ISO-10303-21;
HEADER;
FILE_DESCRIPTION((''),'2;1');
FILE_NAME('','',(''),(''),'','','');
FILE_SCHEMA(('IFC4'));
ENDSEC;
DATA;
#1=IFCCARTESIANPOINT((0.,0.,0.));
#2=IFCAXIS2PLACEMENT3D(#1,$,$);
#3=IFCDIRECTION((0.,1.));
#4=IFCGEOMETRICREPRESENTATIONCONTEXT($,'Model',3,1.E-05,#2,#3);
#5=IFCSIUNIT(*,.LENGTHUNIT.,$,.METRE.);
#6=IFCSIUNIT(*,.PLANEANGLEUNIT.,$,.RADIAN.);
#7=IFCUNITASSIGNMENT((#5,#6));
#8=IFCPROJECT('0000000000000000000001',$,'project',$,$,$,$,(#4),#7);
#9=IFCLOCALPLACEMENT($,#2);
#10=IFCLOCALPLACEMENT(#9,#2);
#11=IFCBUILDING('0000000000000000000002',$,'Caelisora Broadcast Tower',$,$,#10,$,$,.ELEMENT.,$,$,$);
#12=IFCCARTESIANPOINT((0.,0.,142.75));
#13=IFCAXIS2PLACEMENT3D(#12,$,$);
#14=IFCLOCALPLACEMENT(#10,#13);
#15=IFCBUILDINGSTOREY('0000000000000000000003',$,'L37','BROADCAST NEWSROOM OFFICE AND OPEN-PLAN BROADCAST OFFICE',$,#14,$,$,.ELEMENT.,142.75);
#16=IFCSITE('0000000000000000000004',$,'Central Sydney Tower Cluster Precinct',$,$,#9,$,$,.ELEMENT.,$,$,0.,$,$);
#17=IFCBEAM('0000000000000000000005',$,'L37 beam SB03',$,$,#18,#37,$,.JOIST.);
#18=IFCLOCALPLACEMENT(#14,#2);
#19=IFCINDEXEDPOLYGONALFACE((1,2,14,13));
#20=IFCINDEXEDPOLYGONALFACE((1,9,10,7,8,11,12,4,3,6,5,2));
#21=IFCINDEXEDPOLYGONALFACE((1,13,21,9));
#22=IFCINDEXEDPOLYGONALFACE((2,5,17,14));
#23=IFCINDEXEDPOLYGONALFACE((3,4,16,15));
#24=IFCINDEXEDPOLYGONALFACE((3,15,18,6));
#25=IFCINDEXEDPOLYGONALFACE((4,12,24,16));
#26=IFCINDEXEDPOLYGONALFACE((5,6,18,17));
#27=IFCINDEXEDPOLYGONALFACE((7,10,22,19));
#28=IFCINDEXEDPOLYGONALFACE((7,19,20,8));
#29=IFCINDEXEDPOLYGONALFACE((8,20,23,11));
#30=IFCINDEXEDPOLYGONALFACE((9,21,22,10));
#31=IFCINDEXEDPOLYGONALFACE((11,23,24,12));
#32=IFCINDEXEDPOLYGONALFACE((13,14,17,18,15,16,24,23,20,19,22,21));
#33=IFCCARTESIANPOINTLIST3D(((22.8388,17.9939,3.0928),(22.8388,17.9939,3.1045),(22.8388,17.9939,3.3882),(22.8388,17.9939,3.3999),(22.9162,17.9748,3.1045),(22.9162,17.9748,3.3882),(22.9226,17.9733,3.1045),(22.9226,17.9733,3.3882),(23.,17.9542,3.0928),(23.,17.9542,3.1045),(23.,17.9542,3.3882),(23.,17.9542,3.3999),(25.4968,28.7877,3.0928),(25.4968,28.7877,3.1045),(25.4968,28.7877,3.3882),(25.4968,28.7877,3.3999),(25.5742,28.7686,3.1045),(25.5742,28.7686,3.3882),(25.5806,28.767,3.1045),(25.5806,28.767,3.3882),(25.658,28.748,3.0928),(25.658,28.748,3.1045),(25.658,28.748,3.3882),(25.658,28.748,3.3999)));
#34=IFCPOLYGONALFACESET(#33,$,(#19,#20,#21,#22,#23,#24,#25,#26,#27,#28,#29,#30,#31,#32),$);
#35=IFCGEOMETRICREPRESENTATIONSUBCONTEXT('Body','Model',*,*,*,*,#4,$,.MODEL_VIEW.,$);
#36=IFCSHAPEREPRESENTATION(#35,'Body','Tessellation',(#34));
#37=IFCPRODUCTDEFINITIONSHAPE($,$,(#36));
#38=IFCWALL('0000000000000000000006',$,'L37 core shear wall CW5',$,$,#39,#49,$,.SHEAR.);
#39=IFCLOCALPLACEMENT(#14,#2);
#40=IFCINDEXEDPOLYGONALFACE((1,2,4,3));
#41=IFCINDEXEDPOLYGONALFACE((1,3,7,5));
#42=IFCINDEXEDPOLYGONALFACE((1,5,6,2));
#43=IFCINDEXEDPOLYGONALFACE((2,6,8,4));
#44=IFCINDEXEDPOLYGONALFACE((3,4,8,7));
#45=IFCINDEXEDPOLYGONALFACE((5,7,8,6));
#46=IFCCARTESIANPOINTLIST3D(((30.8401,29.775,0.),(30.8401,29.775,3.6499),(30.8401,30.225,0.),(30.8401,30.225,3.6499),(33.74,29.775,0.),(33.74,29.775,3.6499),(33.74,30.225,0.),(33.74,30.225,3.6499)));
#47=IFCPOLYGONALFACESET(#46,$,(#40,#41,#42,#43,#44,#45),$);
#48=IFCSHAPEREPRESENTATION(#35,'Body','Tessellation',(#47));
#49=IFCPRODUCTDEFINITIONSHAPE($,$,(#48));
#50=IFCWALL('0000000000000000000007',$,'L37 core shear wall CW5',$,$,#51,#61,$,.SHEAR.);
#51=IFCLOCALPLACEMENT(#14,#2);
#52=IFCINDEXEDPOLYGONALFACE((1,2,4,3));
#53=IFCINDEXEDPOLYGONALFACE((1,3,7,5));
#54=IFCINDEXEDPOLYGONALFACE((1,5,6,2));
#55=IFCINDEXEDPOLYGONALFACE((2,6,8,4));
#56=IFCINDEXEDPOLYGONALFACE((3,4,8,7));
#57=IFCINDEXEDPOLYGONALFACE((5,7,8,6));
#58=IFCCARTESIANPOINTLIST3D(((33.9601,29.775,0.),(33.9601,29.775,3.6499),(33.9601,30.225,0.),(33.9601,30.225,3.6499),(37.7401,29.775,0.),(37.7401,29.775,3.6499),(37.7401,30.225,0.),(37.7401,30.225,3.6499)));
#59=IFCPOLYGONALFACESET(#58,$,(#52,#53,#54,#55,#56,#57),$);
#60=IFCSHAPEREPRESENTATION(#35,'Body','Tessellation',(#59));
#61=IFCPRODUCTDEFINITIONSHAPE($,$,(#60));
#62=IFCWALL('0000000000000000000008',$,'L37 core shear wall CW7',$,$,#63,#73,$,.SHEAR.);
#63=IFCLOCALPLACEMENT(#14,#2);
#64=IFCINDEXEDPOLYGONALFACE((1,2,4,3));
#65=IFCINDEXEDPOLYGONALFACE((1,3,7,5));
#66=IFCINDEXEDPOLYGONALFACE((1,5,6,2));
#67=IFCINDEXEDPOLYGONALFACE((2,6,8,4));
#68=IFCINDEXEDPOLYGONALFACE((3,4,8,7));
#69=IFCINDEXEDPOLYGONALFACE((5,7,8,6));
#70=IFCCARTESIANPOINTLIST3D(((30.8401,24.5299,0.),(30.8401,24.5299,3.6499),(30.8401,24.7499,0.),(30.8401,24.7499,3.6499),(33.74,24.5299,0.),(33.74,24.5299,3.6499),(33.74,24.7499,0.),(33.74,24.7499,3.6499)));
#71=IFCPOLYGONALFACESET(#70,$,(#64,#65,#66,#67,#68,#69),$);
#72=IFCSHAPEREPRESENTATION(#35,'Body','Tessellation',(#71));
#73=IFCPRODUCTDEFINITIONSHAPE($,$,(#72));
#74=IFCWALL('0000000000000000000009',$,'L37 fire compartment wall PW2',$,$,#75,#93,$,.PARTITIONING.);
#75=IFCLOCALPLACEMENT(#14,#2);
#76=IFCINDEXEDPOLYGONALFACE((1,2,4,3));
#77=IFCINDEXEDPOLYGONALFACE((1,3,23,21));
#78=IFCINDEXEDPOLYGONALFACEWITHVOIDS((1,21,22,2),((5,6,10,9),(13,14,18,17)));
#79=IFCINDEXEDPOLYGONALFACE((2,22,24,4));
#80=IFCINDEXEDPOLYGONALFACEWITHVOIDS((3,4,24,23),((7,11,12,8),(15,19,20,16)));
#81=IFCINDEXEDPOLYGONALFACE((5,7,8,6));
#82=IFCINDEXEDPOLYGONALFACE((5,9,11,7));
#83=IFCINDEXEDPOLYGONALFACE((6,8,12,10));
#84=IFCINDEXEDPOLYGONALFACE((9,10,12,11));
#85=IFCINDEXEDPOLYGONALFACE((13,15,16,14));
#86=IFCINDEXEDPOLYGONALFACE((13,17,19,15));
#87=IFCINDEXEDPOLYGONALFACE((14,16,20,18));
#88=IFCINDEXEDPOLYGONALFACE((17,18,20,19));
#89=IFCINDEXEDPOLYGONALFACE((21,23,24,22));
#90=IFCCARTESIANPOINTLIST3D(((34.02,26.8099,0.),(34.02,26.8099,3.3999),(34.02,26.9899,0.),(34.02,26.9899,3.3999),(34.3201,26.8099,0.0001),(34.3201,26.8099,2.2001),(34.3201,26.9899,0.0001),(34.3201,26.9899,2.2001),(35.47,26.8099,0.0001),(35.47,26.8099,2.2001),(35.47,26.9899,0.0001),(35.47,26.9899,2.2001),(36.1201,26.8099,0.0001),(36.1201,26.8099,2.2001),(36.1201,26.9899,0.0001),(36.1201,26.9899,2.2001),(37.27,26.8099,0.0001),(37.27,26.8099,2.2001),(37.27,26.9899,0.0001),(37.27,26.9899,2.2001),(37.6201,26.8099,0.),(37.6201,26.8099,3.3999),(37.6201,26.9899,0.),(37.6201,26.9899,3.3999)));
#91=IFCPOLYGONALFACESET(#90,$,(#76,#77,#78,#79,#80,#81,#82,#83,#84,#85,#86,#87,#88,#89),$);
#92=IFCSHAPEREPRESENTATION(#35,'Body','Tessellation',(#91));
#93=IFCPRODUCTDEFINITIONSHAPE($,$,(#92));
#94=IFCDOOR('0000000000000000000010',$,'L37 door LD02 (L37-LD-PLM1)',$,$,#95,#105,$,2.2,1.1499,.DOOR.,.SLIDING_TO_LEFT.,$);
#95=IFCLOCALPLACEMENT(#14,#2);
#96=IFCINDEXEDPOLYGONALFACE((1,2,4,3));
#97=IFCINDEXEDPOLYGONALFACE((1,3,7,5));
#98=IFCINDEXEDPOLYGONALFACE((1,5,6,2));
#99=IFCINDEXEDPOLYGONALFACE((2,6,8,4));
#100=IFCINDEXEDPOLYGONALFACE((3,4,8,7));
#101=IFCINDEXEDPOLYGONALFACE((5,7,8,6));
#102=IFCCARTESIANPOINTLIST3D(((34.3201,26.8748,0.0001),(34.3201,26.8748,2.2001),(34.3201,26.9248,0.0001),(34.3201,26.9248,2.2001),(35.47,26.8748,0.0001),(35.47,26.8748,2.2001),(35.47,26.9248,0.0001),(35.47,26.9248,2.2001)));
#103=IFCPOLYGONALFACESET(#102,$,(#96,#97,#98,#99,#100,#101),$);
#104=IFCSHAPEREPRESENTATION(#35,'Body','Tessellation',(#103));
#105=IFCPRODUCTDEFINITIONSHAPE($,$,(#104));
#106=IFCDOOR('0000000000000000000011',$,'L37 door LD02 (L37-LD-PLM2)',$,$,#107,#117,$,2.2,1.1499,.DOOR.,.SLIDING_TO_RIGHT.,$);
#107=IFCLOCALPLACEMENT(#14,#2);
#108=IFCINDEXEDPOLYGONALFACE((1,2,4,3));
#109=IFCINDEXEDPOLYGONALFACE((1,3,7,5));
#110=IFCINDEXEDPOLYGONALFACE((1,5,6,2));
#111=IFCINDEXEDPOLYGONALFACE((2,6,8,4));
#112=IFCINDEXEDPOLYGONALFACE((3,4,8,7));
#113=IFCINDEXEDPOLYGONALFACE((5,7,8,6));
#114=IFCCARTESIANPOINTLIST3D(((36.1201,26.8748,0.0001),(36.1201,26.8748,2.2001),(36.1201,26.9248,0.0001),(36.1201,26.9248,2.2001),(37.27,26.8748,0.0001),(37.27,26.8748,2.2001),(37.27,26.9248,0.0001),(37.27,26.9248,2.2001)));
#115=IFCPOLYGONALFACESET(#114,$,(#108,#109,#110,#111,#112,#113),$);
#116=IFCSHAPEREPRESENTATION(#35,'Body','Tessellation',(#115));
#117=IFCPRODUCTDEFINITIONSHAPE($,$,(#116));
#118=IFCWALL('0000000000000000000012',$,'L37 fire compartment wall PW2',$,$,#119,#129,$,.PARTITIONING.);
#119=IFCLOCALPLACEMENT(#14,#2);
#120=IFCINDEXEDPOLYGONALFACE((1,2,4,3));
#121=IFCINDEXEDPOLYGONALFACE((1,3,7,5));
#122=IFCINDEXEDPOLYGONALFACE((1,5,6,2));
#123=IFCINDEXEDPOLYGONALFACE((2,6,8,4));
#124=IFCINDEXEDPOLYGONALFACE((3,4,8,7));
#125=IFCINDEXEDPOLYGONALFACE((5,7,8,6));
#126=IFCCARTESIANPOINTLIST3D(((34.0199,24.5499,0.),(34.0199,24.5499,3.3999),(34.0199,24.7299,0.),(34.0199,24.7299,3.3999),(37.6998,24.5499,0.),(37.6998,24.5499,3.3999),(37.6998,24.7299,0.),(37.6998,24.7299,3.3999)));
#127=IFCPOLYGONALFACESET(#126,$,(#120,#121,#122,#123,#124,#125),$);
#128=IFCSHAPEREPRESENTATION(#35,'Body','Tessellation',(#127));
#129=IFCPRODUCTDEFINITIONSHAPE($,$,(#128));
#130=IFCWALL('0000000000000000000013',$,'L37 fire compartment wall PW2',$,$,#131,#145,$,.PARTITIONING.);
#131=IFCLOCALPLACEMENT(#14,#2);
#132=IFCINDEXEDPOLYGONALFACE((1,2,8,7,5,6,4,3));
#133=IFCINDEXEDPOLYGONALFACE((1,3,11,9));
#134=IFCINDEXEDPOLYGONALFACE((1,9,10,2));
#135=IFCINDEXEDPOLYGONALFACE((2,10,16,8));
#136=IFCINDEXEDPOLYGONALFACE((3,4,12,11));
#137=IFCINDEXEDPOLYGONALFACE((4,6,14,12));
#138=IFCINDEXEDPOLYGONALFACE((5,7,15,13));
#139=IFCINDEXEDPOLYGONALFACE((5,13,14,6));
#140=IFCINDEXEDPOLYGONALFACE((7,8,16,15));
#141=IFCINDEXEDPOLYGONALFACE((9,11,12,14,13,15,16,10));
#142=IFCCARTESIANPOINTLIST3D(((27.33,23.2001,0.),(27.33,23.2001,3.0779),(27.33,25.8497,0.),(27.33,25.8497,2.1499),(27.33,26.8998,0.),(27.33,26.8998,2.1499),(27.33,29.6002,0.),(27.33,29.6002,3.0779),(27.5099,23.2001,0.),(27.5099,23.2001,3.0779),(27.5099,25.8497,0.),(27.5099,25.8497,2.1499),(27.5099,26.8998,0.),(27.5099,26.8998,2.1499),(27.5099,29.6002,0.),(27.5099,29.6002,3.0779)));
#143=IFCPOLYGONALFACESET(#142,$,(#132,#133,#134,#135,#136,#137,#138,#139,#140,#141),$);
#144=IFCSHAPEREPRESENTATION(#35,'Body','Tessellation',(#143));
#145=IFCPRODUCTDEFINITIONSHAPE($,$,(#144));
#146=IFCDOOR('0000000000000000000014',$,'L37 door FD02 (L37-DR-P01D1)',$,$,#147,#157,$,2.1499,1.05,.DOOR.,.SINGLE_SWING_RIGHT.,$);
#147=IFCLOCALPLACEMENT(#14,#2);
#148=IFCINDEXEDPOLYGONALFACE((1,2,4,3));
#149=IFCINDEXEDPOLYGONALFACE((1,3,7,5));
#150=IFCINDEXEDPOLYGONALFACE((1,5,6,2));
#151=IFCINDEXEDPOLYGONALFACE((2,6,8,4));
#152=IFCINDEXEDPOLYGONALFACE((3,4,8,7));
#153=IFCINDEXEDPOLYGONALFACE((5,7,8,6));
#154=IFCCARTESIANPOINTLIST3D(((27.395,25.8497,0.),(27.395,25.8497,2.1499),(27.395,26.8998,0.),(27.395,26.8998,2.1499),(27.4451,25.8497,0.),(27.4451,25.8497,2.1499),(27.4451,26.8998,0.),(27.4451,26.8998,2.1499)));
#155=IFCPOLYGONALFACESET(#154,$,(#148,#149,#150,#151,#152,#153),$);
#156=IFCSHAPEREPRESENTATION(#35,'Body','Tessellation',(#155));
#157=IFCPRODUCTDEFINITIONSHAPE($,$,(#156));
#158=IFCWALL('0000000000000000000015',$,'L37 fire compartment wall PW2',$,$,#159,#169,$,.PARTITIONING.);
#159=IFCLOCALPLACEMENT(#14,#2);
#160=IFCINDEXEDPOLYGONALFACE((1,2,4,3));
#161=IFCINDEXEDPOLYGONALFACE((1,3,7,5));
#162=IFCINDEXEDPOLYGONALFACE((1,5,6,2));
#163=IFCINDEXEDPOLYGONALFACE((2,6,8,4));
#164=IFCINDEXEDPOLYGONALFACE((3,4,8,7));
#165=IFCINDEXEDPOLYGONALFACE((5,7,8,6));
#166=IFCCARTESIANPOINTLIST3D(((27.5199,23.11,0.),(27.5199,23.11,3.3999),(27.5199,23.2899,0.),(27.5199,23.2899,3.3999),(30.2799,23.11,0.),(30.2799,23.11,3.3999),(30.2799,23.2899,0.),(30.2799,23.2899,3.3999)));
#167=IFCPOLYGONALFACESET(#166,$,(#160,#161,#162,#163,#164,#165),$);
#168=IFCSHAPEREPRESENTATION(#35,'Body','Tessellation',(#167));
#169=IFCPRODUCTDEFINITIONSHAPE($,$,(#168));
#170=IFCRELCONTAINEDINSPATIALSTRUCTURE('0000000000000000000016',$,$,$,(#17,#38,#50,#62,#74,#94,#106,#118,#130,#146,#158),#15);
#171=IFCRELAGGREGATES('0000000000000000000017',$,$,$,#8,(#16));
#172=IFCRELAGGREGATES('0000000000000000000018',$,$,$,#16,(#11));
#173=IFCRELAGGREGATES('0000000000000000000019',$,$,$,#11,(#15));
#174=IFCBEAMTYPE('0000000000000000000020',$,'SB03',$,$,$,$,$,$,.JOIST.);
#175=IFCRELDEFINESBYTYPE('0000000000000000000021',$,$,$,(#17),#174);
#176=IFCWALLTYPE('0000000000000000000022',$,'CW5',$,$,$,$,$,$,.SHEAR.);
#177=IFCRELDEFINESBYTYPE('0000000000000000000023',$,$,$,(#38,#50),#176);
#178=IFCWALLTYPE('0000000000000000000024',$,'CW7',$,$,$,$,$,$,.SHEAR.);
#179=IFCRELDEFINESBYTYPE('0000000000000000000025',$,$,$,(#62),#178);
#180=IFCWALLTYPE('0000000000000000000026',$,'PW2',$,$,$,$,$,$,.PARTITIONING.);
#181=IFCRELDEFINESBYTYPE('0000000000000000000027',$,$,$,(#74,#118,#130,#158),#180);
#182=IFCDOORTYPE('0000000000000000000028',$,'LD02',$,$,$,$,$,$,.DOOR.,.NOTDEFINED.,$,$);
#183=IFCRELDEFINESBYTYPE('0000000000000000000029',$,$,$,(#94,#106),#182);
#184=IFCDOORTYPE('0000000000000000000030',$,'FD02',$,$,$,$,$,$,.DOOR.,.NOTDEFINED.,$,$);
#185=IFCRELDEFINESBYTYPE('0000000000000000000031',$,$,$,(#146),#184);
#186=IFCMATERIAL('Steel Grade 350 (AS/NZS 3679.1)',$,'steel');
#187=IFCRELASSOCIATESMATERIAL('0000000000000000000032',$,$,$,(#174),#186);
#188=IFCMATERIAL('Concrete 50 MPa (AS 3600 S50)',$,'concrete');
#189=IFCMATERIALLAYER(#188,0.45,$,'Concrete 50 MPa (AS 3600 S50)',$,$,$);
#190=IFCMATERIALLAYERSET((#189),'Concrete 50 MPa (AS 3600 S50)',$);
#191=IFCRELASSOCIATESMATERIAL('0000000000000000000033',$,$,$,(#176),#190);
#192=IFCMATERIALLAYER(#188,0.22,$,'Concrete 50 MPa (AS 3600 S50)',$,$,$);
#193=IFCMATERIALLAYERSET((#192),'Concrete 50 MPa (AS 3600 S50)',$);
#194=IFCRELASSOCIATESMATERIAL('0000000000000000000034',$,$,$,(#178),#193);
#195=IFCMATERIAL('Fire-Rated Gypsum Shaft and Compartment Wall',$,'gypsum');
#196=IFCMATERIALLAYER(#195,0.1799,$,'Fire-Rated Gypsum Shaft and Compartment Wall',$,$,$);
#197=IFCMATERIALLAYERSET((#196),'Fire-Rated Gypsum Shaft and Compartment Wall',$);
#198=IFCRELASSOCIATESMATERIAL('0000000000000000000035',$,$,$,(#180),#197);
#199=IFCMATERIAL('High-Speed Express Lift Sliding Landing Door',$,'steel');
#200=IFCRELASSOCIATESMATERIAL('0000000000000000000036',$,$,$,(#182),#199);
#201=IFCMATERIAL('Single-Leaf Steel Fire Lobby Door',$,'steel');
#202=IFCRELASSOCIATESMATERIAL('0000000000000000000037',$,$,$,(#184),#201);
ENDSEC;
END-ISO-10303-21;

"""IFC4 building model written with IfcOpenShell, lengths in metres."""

from ifc_helpers import new_model, si_unit, direction, frame, frame_2d, origin, origin_2d, place, context, subcontext, project, spatial, rectangle, i_section, extrude, source, transform, mapped, material, layer, layer_set, material_profile, profile_set, type_object, element, fill, save


model = new_model("IFC4")

# Units and contexts
model_context = context("Model", 3, precision=1e-05, world=origin(), true_north=direction((0.0, 1.0)))
body_context = subcontext(model_context, "Body", "Model", "MODEL_VIEW")
ifc_project = project(units=[si_unit("LENGTHUNIT", "METRE"), si_unit("PLANEANGLEUNIT", "RADIAN")], contexts=[model_context])

# Site, building, storey
site_placement = place(None, origin())
site = spatial("IfcSite", under=ifc_project, at=site_placement, Name="Central Sydney Tower Cluster Precinct", CompositionType="ELEMENT", RefElevation=0.0)
building_placement = place(site_placement, origin())
building = spatial("IfcBuilding", under=site, at=building_placement, Name="Caelisora Broadcast Tower", CompositionType="ELEMENT")
storey_placement = place(building_placement, frame((0.0, 0.0, 142.75)))
storey = spatial("IfcBuildingStorey", under=building, at=storey_placement, Name="L37", Description="BROADCAST NEWSROOM OFFICE AND OPEN-PLAN BROADCAST OFFICE", CompositionType="ELEMENT", Elevation=142.75)

# Beam
ifc_material_1 = material(Name="Steel Grade 350 (AS/NZS 3679.1)", Category="steel")
ifc_material_profile_1 = material_profile(ifc_material_1, i_section(OverallWidth=0.166, OverallDepth=0.3071, WebThickness=0.0066, FlangeThickness=0.0117, at=origin_2d()), Name="Steel Grade 350 (AS/NZS 3679.1)")
ifc_profile_set_1 = profile_set([ifc_material_profile_1], Name="Steel Grade 350 (AS/NZS 3679.1)")
beam_type_1 = type_object("IfcBeamType", Name="SB03", PredefinedType="JOIST", material=ifc_profile_set_1)
shared_shape_1 = source(origin(), body_context, "Body", "SweptSolid", [
    extrude(i_section(OverallWidth=0.166, OverallDepth=0.3071, WebThickness=0.0066, FlangeThickness=0.0117, at=origin_2d()), origin(), (0.0, 0.0, 1.0), 11.1162),
])
beam_1_placement = place(storey_placement, frame((25.5774, 28.7678, 3.2463), z_axis=(-0.239108, -0.970993, 0.0), x_axis=(0.970993, -0.239108, 0.0)))
element("IfcBeam", 1, at=beam_1_placement, inside=storey, type_object=beam_type_1, Name="L37 beam SB03", PredefinedType="JOIST", context=body_context, shape_type="MappedRepresentation", body=[
    mapped(shared_shape_1, transform((0.0, 0.0, 0.0), scale=1.0)),
])

# Walls
ifc_material_2 = material(Name="Concrete 50 MPa (AS 3600 S50)", Category="concrete")
ifc_layer_1 = layer(ifc_material_2, 0.45, Name="Concrete 50 MPa (AS 3600 S50)")
ifc_layer_set_1 = layer_set([ifc_layer_1], Name="Concrete 50 MPa (AS 3600 S50)")
wall_type_1 = type_object("IfcWallType", Name="CW5", PredefinedType="SHEAR", material=ifc_layer_set_1)
wall_1_placement = place(storey_placement, frame((30.8401, 30.0, 0.0), z_axis=(0.0, 0.0, 1.0), x_axis=(1.0, 0.0, 0.0)))
element("IfcWall", 2, at=wall_1_placement, inside=storey, type_object=wall_type_1, Name="L37 core shear wall CW5", PredefinedType="SHEAR", context=body_context, shape_type="SweptSolid", body=[
    extrude(rectangle(XDim=2.8999, YDim=0.45, at=frame_2d((1.45, 0.0))), origin(), (0.0, 0.0, 1.0), 3.6499),
])
wall_2_placement = place(storey_placement, frame((33.96, 30.0, 0.0), z_axis=(0.0, 0.0, 1.0), x_axis=(1.0, 0.0, 0.0)))
element("IfcWall", 3, at=wall_2_placement, inside=storey, type_object=wall_type_1, Name="L37 core shear wall CW5", PredefinedType="SHEAR", context=body_context, shape_type="SweptSolid", body=[
    extrude(rectangle(XDim=3.78, YDim=0.45, at=frame_2d((1.8901, 0.0))), origin(), (0.0, 0.0, 1.0), 3.6499),
])
ifc_layer_2 = layer(ifc_material_2, 0.22, Name="Concrete 50 MPa (AS 3600 S50)")
ifc_layer_set_2 = layer_set([ifc_layer_2], Name="Concrete 50 MPa (AS 3600 S50)")
wall_type_2 = type_object("IfcWallType", Name="CW7", PredefinedType="SHEAR", material=ifc_layer_set_2)
wall_3_placement = place(storey_placement, frame((30.8401, 24.6399, 0.0), z_axis=(0.0, 0.0, 1.0), x_axis=(1.0, 0.0, 0.0)))
element("IfcWall", 4, at=wall_3_placement, inside=storey, type_object=wall_type_2, Name="L37 core shear wall CW7", PredefinedType="SHEAR", context=body_context, shape_type="SweptSolid", body=[
    extrude(rectangle(XDim=2.8999, YDim=0.22, at=frame_2d((1.45, 0.0))), origin(), (0.0, 0.0, 1.0), 3.6499),
])

# Wall, openings, doors
ifc_material_3 = material(Name="Fire-Rated Gypsum Shaft and Compartment Wall", Category="gypsum")
ifc_layer_3 = layer(ifc_material_3, 0.1799, Name="Fire-Rated Gypsum Shaft and Compartment Wall")
ifc_layer_set_3 = layer_set([ifc_layer_3], Name="Fire-Rated Gypsum Shaft and Compartment Wall")
wall_type_3 = type_object("IfcWallType", Name="PW2", PredefinedType="PARTITIONING", material=ifc_layer_set_3)
wall_4_placement = place(storey_placement, frame((34.02, 26.8999, 0.0), z_axis=(0.0, 0.0, 1.0), x_axis=(1.0, 0.0, 0.0)))
wall_4 = element("IfcWall", 5, at=wall_4_placement, inside=storey, type_object=wall_type_3, Name="L37 fire compartment wall PW2", PredefinedType="PARTITIONING", context=body_context, shape_type="SweptSolid", body=[
    extrude(rectangle(XDim=3.6001, YDim=0.1799, at=frame_2d((1.8, 0.0))), origin(), (0.0, 0.0, 1.0), 3.3999),
])
opening_1_placement = place(wall_4_placement, frame((0.3, 0.0, 0.0)))
opening_1 = element("IfcOpeningElement", 6, at=opening_1_placement, cuts=wall_4, PredefinedType="OPENING", context=body_context, shape_type="SweptSolid", body=[
    extrude(rectangle(XDim=1.1499, YDim=2.2, at=frame_2d((0.575, 1.1001))), frame((0.0, 0.1021, 0.0), z_axis=(0.0, -1.0, 0.0), x_axis=(1.0, 0.0, 0.0)), (0.0, 0.0, 1.0), 0.2039),
])
opening_2_placement = place(wall_4_placement, frame((2.1001, 0.0, 0.0)))
opening_2 = element("IfcOpeningElement", 7, at=opening_2_placement, cuts=wall_4, PredefinedType="OPENING", context=body_context, shape_type="SweptSolid", body=[
    extrude(rectangle(XDim=1.1499, YDim=2.2, at=frame_2d((0.575, 1.1001))), frame((0.0, 0.1021, 0.0), z_axis=(0.0, -1.0, 0.0), x_axis=(1.0, 0.0, 0.0)), (0.0, 0.0, 1.0), 0.2039),
])
ifc_material_4 = material(Name="High-Speed Express Lift Sliding Landing Door", Category="steel")
door_type_1 = type_object("IfcDoorType", Name="LD02", OperationType="NOTDEFINED", PredefinedType="DOOR", material=ifc_material_4)
door_1_placement = place(opening_1_placement, origin())
door_1 = element("IfcDoor", 8, at=door_1_placement, inside=storey, type_object=door_type_1, Name="L37 door LD02 (L37-LD-PLM1)", OperationType="SLIDING_TO_LEFT", OverallHeight=2.2, OverallWidth=1.1499, PredefinedType="DOOR", context=body_context, shape_type="SweptSolid", body=[
    extrude(rectangle(XDim=1.1499, YDim=2.2, at=frame_2d((0.575, 1.1001))), frame((0.0, 0.0249, 0.0), z_axis=(0.0, -1.0, 0.0), x_axis=(1.0, 0.0, 0.0)), (0.0, 0.0, 1.0), 0.05),
])
fill(opening_1, door_1)
door_2_placement = place(opening_2_placement, origin())
door_2 = element("IfcDoor", 9, at=door_2_placement, inside=storey, type_object=door_type_1, Name="L37 door LD02 (L37-LD-PLM2)", OperationType="SLIDING_TO_RIGHT", OverallHeight=2.2, OverallWidth=1.1499, PredefinedType="DOOR", context=body_context, shape_type="SweptSolid", body=[
    extrude(rectangle(XDim=1.1499, YDim=2.2, at=frame_2d((0.575, 1.1001))), frame((0.0, 0.0249, 0.0), z_axis=(0.0, -1.0, 0.0), x_axis=(1.0, 0.0, 0.0)), (0.0, 0.0, 1.0), 0.05),
])
fill(opening_2, door_2)

# Wall
wall_5_placement = place(storey_placement, frame((34.02, 24.6399, 0.0), z_axis=(0.0, 0.0, 1.0), x_axis=(1.0, 0.0, 0.0)))
element("IfcWall", 10, at=wall_5_placement, inside=storey, type_object=wall_type_3, Name="L37 fire compartment wall PW2", PredefinedType="PARTITIONING", context=body_context, shape_type="SweptSolid", body=[
    extrude(rectangle(XDim=3.6799, YDim=0.1799, at=frame_2d((1.8398, 0.0))), origin(), (0.0, 0.0, 1.0), 3.3999),
])

# Wall, opening, door
wall_6_placement = place(storey_placement, frame((27.4199, 23.2, 0.0), z_axis=(0.0, 0.0, 1.0), x_axis=(0.0, 1.0, 0.0)))
wall_6 = element("IfcWall", 11, at=wall_6_placement, inside=storey, type_object=wall_type_3, Name="L37 fire compartment wall PW2", PredefinedType="PARTITIONING", context=body_context, shape_type="SweptSolid", body=[
    extrude(rectangle(XDim=6.4001, YDim=0.1799, at=frame_2d((3.2002, 0.0))), origin(), (0.0, 0.0, 1.0), 3.0779),
])
opening_3_placement = place(wall_6_placement, frame((2.6499, 0.0, 0.0)))
opening_3 = element("IfcOpeningElement", 12, at=opening_3_placement, cuts=wall_6, PredefinedType="OPENING", context=body_context, shape_type="SweptSolid", body=[
    extrude(rectangle(XDim=1.05, YDim=2.1499, at=frame_2d((0.5249, 1.075))), frame((0.0, 0.1021, 0.0), z_axis=(0.0, -1.0, 0.0), x_axis=(1.0, 0.0, 0.0)), (0.0, 0.0, 1.0), 0.2039),
])
ifc_material_5 = material(Name="Single-Leaf Steel Fire Lobby Door", Category="steel")
door_type_2 = type_object("IfcDoorType", Name="FD02", OperationType="NOTDEFINED", PredefinedType="DOOR", material=ifc_material_5)
door_3_placement = place(opening_3_placement, origin())
door_3 = element("IfcDoor", 13, at=door_3_placement, inside=storey, type_object=door_type_2, Name="L37 door FD02 (L37-DR-P01D1)", OperationType="SINGLE_SWING_RIGHT", OverallHeight=2.1499, OverallWidth=1.05, PredefinedType="DOOR", context=body_context, shape_type="SweptSolid", body=[
    extrude(rectangle(XDim=1.05, YDim=2.1499, at=frame_2d((0.5249, 1.075))), frame((0.0, 0.0249, 0.0), z_axis=(0.0, -1.0, 0.0), x_axis=(1.0, 0.0, 0.0)), (0.0, 0.0, 1.0), 0.05),
])
fill(opening_3, door_3)

# Wall
wall_7_placement = place(storey_placement, frame((27.52, 23.2, 0.0), z_axis=(0.0, 0.0, 1.0), x_axis=(1.0, 0.0, 0.0)))
element("IfcWall", 14, at=wall_7_placement, inside=storey, type_object=wall_type_3, Name="L37 fire compartment wall PW2", PredefinedType="PARTITIONING", context=body_context, shape_type="SweptSolid", body=[
    extrude(rectangle(XDim=2.76, YDim=0.1799, at=frame_2d((1.3799, 0.0))), origin(), (0.0, 0.0, 1.0), 3.3999),
])

save(model, "model.ifc")
